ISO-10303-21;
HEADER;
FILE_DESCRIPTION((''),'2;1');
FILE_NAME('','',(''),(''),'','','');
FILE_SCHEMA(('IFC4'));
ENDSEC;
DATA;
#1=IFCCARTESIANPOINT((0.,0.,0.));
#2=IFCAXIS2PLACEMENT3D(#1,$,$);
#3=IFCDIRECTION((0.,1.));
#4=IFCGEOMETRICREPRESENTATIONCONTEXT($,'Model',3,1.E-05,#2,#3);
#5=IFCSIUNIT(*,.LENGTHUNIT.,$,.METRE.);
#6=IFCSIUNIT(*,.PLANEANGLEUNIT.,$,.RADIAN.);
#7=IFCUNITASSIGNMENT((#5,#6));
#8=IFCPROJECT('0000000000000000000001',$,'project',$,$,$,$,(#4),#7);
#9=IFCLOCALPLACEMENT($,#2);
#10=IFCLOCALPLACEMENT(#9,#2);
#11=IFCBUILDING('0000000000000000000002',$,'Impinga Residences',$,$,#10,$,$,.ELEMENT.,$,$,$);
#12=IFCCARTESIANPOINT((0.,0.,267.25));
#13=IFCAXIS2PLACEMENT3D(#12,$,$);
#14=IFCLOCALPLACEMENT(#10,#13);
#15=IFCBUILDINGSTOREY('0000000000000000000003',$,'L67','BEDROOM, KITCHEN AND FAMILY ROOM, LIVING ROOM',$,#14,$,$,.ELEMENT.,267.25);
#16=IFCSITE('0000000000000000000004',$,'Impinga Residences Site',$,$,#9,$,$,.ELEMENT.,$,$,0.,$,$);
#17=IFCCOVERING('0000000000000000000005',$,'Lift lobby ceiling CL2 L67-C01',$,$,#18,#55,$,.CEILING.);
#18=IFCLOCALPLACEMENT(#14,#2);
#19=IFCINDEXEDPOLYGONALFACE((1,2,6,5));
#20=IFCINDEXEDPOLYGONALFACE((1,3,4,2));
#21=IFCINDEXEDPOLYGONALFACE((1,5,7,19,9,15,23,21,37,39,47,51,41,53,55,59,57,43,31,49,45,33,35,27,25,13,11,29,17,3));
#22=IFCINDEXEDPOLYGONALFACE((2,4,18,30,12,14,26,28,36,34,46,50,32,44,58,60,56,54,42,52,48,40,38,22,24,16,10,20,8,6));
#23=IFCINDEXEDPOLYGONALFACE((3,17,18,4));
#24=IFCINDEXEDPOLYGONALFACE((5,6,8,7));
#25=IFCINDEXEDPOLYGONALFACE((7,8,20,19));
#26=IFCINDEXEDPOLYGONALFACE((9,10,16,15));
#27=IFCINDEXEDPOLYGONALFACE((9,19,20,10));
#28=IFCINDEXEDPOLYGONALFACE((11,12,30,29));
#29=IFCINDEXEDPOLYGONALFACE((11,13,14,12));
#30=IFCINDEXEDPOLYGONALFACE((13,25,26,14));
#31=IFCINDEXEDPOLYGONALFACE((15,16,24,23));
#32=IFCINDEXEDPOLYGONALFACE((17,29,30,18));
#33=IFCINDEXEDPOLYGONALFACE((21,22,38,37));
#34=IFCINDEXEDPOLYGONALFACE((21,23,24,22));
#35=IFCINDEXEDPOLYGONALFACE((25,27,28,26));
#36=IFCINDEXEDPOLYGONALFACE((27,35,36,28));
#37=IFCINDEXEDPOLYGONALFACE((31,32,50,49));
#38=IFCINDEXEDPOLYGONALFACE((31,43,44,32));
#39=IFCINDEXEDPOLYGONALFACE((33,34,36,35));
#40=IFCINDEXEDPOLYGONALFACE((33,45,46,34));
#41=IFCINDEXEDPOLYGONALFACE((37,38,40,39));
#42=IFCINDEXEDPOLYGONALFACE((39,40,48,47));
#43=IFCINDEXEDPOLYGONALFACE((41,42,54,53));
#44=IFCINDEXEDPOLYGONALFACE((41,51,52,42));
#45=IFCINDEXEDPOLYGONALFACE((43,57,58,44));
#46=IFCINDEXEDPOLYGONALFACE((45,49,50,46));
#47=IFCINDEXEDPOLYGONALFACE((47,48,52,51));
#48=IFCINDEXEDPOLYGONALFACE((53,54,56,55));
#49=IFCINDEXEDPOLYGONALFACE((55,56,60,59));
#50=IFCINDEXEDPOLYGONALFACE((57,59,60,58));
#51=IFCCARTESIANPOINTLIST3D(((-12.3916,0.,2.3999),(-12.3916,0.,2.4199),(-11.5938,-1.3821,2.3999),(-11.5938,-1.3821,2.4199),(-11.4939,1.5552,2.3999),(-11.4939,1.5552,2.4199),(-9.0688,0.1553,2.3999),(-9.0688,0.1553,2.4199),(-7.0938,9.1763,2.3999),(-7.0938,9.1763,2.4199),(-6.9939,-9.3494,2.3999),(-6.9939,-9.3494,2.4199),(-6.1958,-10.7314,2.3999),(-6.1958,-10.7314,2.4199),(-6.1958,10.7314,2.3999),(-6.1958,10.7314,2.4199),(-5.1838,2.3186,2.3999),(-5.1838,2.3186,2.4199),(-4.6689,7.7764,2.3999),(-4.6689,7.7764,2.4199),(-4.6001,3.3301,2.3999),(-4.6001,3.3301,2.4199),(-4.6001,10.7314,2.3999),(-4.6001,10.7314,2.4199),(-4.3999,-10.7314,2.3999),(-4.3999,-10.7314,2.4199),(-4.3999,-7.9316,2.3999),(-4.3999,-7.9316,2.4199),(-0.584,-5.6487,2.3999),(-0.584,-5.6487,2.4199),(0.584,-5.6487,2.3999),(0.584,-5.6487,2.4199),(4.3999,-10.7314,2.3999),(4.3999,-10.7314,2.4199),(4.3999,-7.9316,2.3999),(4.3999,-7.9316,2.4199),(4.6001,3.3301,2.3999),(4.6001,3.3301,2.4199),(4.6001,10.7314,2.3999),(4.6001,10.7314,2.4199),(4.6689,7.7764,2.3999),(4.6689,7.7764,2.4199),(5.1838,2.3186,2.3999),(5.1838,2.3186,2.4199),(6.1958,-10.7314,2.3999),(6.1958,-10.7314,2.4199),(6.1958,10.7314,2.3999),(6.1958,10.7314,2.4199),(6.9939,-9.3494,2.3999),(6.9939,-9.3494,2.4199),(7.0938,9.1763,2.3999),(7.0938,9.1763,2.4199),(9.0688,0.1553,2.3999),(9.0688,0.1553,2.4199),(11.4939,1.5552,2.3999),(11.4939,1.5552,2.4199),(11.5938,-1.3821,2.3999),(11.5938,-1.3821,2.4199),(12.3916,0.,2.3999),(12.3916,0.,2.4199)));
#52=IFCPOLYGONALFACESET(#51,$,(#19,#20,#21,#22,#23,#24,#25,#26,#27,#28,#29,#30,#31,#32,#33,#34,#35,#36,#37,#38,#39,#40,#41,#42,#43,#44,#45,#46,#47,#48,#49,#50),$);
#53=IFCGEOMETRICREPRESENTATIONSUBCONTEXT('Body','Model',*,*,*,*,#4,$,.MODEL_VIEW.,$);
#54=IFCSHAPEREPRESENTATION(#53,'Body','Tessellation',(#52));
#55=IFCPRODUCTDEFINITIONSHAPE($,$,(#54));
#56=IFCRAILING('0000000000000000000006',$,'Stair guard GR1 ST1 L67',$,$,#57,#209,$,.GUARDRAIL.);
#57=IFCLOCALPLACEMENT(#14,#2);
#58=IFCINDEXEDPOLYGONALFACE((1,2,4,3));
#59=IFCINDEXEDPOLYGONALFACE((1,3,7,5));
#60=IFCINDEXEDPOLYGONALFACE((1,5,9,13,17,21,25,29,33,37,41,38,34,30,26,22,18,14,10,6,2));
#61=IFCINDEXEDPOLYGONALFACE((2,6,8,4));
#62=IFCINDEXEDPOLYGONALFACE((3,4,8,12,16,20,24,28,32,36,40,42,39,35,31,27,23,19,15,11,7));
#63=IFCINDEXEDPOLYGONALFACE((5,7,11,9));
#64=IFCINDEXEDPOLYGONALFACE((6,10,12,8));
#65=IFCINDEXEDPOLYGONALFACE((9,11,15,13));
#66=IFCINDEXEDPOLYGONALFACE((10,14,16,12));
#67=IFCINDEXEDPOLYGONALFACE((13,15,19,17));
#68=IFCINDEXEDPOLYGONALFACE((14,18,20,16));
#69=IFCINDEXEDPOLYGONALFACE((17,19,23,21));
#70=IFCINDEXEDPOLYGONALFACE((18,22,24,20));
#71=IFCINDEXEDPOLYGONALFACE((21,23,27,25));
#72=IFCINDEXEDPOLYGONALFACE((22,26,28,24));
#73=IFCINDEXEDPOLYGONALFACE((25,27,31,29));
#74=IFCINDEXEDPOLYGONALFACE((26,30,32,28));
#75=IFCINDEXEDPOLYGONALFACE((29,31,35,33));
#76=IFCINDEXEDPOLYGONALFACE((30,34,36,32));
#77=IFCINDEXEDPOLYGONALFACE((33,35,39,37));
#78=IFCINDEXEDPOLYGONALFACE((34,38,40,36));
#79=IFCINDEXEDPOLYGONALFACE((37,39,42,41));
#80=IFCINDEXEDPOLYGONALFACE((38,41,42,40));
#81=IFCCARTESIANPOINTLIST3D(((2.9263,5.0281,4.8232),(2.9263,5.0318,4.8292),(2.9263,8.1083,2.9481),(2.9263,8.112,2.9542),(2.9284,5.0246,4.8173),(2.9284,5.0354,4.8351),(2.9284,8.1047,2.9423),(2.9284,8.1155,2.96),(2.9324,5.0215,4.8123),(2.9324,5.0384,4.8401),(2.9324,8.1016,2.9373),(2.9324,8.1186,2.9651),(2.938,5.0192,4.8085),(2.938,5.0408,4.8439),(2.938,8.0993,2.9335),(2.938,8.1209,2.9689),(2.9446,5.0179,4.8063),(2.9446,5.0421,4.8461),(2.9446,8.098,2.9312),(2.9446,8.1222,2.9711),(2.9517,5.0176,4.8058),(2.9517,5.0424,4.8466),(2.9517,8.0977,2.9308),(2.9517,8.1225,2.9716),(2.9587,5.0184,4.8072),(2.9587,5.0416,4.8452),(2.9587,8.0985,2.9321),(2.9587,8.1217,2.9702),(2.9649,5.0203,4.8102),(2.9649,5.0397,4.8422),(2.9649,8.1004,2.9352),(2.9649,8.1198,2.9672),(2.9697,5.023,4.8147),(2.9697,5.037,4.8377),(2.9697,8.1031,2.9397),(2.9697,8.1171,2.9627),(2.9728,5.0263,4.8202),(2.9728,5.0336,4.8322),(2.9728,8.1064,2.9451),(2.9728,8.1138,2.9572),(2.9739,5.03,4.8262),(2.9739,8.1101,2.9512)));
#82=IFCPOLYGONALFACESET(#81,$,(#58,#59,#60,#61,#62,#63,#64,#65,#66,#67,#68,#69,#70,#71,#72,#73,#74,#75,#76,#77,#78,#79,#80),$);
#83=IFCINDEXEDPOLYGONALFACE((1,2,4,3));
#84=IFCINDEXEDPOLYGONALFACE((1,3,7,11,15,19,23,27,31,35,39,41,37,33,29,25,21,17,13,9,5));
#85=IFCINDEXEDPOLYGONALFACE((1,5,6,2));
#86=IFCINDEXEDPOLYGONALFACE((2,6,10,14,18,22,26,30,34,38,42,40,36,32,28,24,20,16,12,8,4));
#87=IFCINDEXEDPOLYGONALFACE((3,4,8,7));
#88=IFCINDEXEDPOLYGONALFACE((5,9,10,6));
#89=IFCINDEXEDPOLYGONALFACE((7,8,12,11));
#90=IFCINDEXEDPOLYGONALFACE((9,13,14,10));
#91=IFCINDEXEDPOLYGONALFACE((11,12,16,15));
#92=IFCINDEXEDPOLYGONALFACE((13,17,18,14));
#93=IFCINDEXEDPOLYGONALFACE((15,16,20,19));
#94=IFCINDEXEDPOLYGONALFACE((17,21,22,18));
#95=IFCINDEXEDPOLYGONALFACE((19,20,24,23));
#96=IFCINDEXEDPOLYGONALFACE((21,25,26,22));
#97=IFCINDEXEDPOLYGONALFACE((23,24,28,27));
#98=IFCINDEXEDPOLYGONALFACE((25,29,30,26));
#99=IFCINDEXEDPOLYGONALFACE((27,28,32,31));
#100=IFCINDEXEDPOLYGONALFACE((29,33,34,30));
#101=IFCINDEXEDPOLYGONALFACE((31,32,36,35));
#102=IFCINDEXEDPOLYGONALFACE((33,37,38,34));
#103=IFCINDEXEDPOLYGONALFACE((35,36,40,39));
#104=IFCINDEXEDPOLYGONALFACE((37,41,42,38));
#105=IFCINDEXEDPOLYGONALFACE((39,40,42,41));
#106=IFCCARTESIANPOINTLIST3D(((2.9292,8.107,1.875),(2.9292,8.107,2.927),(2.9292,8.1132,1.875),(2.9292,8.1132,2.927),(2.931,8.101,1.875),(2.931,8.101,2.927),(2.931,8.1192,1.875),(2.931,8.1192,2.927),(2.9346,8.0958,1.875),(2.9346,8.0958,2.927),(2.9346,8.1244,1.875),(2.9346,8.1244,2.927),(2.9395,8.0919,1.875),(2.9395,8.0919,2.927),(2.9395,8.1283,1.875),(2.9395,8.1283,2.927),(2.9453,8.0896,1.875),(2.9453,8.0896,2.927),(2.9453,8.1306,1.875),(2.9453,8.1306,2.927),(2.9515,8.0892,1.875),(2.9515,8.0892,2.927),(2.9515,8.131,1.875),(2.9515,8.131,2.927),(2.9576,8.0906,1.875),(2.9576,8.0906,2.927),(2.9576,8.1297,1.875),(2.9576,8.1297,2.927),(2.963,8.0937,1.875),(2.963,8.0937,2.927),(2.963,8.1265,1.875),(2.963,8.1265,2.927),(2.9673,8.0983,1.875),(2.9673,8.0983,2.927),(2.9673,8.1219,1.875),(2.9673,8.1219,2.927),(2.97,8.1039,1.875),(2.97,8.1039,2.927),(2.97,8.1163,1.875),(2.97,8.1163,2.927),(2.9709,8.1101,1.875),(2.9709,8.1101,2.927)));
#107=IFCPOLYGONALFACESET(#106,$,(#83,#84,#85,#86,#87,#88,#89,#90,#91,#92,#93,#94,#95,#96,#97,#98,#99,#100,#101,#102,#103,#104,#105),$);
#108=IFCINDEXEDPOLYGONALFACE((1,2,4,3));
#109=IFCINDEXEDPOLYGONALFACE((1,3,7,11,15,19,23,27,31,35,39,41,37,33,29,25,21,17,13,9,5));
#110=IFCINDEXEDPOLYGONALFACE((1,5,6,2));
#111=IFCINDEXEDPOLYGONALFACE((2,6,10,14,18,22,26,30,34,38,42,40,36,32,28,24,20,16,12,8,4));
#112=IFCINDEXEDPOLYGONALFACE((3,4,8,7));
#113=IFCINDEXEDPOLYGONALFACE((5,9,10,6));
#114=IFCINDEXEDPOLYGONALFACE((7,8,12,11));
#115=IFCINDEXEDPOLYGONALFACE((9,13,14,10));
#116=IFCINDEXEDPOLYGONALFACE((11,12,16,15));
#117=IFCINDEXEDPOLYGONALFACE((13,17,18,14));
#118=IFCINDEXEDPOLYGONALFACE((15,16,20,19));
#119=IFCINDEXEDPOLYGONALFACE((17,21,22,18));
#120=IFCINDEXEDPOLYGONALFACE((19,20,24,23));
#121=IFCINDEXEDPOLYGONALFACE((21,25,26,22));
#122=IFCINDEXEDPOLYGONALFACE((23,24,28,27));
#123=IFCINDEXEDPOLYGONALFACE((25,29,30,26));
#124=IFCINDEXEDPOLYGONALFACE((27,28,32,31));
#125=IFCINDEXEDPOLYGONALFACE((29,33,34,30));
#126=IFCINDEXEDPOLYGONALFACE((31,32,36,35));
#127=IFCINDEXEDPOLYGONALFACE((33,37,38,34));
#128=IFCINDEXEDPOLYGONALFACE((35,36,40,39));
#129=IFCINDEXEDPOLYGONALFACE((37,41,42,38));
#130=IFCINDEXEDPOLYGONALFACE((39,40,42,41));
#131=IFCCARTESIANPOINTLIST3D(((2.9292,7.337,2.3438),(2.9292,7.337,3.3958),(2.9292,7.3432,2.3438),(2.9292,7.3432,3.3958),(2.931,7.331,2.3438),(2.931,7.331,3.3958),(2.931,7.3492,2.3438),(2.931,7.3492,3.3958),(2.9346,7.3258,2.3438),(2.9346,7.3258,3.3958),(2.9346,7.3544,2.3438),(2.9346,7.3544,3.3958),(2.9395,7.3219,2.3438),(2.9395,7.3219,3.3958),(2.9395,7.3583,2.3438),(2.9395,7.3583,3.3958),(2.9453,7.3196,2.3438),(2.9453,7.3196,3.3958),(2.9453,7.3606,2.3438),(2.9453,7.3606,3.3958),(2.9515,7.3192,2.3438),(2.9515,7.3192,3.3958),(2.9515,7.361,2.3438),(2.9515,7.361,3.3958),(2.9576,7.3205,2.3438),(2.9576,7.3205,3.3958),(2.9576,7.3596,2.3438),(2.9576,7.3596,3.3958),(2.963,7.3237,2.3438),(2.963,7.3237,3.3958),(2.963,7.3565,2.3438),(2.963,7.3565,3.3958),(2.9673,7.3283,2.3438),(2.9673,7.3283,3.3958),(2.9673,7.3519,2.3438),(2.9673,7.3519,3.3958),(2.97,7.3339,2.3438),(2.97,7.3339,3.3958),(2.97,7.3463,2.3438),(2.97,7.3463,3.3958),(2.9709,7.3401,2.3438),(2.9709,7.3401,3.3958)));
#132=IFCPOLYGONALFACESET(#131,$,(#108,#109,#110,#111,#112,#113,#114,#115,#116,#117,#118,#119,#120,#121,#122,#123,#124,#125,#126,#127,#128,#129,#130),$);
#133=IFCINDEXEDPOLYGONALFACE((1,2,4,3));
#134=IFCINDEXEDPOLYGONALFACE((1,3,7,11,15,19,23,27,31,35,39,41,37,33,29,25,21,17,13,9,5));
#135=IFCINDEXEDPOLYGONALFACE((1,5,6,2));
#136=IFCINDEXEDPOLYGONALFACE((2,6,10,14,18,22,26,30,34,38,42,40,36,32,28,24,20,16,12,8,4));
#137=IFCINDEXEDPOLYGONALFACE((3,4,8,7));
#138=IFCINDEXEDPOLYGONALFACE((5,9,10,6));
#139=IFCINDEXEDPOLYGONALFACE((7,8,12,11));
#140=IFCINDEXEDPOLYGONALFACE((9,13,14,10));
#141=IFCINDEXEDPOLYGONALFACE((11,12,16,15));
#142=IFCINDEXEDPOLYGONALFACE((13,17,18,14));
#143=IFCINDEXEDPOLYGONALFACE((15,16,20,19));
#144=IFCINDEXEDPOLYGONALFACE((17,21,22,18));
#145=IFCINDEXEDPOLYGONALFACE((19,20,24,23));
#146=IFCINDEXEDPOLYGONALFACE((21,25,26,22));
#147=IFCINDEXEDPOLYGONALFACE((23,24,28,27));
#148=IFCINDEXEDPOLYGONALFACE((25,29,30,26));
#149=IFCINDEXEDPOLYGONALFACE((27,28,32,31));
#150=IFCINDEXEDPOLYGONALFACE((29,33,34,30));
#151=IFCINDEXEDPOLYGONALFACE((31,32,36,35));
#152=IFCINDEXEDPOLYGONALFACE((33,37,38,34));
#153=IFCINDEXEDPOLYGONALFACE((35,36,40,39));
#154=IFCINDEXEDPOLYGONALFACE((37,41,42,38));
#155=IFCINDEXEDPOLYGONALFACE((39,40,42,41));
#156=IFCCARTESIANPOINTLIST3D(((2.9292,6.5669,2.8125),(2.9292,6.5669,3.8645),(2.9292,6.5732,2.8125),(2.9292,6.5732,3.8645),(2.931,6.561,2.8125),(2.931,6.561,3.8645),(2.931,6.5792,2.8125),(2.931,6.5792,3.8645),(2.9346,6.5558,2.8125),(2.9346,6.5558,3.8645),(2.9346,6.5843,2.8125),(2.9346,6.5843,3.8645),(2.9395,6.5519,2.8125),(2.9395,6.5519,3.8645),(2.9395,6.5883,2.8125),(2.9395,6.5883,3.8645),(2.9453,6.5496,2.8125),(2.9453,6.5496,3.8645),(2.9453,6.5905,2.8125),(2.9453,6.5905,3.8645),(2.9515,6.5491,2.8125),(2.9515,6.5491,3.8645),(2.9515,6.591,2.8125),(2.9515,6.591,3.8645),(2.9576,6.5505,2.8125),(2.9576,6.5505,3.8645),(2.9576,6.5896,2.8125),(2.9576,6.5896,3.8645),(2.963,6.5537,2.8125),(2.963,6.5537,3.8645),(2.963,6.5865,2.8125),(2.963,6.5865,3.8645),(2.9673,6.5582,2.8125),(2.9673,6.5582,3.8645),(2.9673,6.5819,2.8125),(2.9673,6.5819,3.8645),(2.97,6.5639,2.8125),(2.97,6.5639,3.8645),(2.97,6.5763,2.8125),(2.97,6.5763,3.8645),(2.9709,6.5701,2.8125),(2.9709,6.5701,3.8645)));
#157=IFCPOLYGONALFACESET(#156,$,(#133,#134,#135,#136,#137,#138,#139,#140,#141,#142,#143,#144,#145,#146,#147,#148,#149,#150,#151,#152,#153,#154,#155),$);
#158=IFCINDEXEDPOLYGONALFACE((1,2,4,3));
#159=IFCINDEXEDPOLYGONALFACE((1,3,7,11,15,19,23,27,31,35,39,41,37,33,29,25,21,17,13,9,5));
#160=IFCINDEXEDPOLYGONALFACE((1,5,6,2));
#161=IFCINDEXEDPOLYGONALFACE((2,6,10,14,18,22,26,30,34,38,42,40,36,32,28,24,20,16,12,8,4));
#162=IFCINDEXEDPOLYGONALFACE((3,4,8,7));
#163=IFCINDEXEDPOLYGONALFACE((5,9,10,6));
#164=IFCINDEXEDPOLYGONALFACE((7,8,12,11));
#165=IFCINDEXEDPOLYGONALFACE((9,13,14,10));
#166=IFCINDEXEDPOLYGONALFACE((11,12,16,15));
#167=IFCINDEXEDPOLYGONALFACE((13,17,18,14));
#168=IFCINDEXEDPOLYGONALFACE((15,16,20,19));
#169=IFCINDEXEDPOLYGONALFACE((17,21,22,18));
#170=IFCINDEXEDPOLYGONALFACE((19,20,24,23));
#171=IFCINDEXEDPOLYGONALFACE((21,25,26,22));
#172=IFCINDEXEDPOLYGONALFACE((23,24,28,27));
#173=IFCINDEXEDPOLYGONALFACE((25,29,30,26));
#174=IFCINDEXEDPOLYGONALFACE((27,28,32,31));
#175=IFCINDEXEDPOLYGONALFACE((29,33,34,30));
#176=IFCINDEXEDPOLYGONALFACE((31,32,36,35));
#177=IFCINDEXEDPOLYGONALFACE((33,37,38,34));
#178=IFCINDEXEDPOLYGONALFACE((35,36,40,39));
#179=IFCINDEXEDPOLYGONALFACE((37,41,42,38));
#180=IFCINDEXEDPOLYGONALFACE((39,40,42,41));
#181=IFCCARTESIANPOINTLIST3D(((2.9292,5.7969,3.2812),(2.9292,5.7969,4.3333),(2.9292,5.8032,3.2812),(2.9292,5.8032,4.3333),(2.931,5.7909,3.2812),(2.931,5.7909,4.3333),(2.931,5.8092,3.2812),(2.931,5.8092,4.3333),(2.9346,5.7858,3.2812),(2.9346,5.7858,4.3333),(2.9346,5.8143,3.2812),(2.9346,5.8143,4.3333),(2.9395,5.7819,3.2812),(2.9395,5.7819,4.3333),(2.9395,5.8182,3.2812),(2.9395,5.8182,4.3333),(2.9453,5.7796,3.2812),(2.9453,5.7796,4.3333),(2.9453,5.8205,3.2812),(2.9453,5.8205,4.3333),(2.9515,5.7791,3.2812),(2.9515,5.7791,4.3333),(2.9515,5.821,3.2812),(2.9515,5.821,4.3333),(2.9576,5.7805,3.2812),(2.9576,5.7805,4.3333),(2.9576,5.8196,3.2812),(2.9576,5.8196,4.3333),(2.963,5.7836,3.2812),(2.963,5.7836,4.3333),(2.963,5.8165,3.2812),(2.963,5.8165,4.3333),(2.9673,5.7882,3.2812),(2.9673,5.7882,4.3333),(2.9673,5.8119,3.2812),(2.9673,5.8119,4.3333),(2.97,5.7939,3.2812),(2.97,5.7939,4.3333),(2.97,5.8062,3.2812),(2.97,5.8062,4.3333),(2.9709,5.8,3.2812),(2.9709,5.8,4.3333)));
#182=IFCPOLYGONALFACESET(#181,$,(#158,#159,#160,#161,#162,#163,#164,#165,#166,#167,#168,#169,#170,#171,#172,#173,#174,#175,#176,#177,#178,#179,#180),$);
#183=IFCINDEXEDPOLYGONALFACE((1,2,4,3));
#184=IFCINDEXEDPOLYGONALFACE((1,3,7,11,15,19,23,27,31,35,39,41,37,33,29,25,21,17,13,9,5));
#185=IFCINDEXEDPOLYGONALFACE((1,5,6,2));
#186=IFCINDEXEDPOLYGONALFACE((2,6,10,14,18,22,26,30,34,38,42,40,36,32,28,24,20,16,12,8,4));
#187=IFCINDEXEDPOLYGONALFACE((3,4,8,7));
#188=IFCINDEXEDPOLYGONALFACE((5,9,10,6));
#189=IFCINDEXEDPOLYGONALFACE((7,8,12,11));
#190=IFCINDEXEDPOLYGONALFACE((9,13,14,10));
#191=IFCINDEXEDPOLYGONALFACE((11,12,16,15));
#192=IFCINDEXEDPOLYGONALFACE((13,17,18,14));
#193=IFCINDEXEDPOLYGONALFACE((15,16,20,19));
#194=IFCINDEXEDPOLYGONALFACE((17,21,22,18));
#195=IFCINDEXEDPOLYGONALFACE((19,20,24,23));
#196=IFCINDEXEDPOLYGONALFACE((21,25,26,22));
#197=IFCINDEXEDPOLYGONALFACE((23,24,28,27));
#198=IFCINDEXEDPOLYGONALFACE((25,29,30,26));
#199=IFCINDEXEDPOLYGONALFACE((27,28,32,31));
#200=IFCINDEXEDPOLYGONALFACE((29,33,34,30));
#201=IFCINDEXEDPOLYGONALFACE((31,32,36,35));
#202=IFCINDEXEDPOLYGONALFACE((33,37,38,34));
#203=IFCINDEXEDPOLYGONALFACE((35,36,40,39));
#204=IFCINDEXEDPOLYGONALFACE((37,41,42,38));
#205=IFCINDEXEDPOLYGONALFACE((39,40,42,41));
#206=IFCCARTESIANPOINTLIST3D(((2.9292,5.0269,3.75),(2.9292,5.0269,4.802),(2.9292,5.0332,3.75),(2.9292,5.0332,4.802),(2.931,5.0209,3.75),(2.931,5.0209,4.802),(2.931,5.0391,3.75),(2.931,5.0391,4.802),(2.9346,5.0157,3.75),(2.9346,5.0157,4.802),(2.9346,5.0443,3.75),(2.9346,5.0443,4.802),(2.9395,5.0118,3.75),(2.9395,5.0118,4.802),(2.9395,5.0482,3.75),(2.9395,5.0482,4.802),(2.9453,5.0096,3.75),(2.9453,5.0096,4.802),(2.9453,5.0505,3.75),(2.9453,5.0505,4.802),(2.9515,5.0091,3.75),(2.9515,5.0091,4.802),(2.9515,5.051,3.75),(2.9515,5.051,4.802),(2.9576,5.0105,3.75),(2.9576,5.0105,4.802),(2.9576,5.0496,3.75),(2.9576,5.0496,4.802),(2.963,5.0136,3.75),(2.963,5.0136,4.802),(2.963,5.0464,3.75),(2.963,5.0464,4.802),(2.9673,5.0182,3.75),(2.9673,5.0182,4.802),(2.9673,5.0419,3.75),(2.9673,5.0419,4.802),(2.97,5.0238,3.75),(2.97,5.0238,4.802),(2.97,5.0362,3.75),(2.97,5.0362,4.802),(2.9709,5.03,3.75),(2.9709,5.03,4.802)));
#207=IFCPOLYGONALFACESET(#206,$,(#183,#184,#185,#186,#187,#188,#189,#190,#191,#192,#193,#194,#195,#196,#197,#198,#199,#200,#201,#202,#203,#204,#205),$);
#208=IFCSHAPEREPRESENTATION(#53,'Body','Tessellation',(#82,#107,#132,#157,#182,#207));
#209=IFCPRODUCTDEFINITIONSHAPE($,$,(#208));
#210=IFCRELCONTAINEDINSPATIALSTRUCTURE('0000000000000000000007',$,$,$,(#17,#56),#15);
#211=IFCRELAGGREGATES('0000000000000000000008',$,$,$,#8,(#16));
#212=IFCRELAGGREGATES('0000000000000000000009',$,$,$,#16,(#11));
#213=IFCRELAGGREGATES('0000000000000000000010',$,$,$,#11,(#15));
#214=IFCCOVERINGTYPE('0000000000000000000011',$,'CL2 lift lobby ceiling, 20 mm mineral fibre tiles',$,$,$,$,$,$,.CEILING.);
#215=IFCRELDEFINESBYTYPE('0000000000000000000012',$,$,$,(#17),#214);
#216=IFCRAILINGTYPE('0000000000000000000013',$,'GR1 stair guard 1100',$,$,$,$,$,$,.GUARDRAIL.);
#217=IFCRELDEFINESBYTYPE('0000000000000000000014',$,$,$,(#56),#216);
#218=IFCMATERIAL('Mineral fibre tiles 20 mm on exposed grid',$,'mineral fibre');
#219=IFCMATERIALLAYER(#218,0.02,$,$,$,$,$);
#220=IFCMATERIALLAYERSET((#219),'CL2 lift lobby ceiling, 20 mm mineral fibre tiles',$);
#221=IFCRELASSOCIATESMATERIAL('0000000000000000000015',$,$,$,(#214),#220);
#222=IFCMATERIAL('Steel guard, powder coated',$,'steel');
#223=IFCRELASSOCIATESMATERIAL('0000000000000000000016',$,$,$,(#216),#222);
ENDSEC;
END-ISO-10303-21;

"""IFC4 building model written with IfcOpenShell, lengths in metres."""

from ifc_helpers import new_model, si_unit, direction, frame, origin, origin_2d, place, context, subcontext, project, spatial, polyline, circle, outline, extrude, material, layer, layer_set, type_object, element, save


model = new_model("IFC4")

# Units and contexts
model_context = context("Model", 3, precision=1e-05, world=origin(), true_north=direction((0.0, 1.0)))
body_context = subcontext(model_context, "Body", "Model", "MODEL_VIEW")
ifc_project = project(units=[si_unit("LENGTHUNIT", "METRE"), si_unit("PLANEANGLEUNIT", "RADIAN")], contexts=[model_context])

# Site, building, storey
site_placement = place(None, origin())
site = spatial("IfcSite", under=ifc_project, at=site_placement, Name="Impinga Residences Site", CompositionType="ELEMENT", RefElevation=0.0)
building_placement = place(site_placement, origin())
building = spatial("IfcBuilding", under=site, at=building_placement, Name="Impinga Residences", CompositionType="ELEMENT")
storey_placement = place(building_placement, frame((0.0, 0.0, 267.25)))
storey = spatial("IfcBuildingStorey", under=building, at=storey_placement, Name="L67", Description="BEDROOM, KITCHEN AND FAMILY ROOM, LIVING ROOM", CompositionType="ELEMENT", Elevation=267.25)

# Covering
ifc_material_1 = material(Name="Mineral fibre tiles 20 mm on exposed grid", Category="mineral fibre")
ifc_layer_1 = layer(ifc_material_1, 0.02)
ifc_layer_set_1 = layer_set([ifc_layer_1], Name="CL2 lift lobby ceiling, 20 mm mineral fibre tiles")
covering_type_1 = type_object("IfcCoveringType", Name="CL2 lift lobby ceiling, 20 mm mineral fibre tiles", PredefinedType="CEILING", material=ifc_layer_set_1)
covering_1_placement = place(storey_placement, frame((0.0, 0.0, 2.3999)))
element("IfcCovering", 1, at=covering_1_placement, inside=storey, type_object=covering_type_1, Name="Lift lobby ceiling CL2 L67-C01", PredefinedType="CEILING", context=body_context, shape_type="SweptSolid", body=[
    extrude(outline(polyline([(12.3916, 0.0), (11.5938, -1.3821), (5.1838, 2.3186), (0.584, -5.6487), (6.9939, -9.3494), (6.1958, -10.7314), (4.3999, -10.7314), (4.3999, -7.9316), (-4.3999, -7.9316), (-4.3999, -10.7314), (-6.1958, -10.7314), (-6.9939, -9.3494), (-0.584, -5.6487), (-5.1838, 2.3186), (-11.5938, -1.3821), (-12.3916, 0.0), (-11.4939, 1.5552), (-9.0688, 0.1553), (-4.6689, 7.7764), (-7.0938, 9.1763), (-6.1958, 10.7314), (-4.6001, 10.7314), (-4.6001, 3.3301), (4.6001, 3.3301), (4.6001, 10.7314), (6.1958, 10.7314), (7.0938, 9.1763), (4.6689, 7.7764), (9.0688, 0.1553), (11.4939, 1.5552), (12.3916, 0.0)])), origin(), (0.0, 0.0, 1.0), 0.02),
])

# Railing
ifc_material_2 = material(Name="Steel guard, powder coated", Category="steel")
railing_type_1 = type_object("IfcRailingType", Name="GR1 stair guard 1100", PredefinedType="GUARDRAIL", material=ifc_material_2)
railing_1_placement = place(storey_placement, frame((2.95, 8.1101, 1.875)))
element("IfcRailing", 2, at=railing_1_placement, inside=storey, type_object=railing_type_1, Name="Stair guard GR1 ST1 L67", PredefinedType="GUARDRAIL", context=body_context, shape_type="SweptSolid", body=[
    extrude(circle(Radius=0.0239, at=origin_2d()), frame((0.0, 0.0, 1.0762), z_axis=(0.0, -0.854178, 0.519981), x_axis=(1.0, 0.0, 0.0)), (0.0, 0.0, 1.0), 3.606),
    extrude(circle(Radius=0.021, at=origin_2d()), origin(), (0.0, 0.0, 1.0), 1.052),
    extrude(circle(Radius=0.021, at=origin_2d()), frame((0.0, -0.77, 0.4688)), (0.0, 0.0, 1.0), 1.052),
    extrude(circle(Radius=0.021, at=origin_2d()), frame((0.0, -1.54, 0.9375)), (0.0, 0.0, 1.0), 1.052),
    extrude(circle(Radius=0.021, at=origin_2d()), frame((0.0, -2.3101, 1.4062)), (0.0, 0.0, 1.0), 1.052),
    extrude(circle(Radius=0.021, at=origin_2d()), frame((0.0, -3.0801, 1.875)), (0.0, 0.0, 1.0), 1.052),
])

save(model, "model.ifc")
